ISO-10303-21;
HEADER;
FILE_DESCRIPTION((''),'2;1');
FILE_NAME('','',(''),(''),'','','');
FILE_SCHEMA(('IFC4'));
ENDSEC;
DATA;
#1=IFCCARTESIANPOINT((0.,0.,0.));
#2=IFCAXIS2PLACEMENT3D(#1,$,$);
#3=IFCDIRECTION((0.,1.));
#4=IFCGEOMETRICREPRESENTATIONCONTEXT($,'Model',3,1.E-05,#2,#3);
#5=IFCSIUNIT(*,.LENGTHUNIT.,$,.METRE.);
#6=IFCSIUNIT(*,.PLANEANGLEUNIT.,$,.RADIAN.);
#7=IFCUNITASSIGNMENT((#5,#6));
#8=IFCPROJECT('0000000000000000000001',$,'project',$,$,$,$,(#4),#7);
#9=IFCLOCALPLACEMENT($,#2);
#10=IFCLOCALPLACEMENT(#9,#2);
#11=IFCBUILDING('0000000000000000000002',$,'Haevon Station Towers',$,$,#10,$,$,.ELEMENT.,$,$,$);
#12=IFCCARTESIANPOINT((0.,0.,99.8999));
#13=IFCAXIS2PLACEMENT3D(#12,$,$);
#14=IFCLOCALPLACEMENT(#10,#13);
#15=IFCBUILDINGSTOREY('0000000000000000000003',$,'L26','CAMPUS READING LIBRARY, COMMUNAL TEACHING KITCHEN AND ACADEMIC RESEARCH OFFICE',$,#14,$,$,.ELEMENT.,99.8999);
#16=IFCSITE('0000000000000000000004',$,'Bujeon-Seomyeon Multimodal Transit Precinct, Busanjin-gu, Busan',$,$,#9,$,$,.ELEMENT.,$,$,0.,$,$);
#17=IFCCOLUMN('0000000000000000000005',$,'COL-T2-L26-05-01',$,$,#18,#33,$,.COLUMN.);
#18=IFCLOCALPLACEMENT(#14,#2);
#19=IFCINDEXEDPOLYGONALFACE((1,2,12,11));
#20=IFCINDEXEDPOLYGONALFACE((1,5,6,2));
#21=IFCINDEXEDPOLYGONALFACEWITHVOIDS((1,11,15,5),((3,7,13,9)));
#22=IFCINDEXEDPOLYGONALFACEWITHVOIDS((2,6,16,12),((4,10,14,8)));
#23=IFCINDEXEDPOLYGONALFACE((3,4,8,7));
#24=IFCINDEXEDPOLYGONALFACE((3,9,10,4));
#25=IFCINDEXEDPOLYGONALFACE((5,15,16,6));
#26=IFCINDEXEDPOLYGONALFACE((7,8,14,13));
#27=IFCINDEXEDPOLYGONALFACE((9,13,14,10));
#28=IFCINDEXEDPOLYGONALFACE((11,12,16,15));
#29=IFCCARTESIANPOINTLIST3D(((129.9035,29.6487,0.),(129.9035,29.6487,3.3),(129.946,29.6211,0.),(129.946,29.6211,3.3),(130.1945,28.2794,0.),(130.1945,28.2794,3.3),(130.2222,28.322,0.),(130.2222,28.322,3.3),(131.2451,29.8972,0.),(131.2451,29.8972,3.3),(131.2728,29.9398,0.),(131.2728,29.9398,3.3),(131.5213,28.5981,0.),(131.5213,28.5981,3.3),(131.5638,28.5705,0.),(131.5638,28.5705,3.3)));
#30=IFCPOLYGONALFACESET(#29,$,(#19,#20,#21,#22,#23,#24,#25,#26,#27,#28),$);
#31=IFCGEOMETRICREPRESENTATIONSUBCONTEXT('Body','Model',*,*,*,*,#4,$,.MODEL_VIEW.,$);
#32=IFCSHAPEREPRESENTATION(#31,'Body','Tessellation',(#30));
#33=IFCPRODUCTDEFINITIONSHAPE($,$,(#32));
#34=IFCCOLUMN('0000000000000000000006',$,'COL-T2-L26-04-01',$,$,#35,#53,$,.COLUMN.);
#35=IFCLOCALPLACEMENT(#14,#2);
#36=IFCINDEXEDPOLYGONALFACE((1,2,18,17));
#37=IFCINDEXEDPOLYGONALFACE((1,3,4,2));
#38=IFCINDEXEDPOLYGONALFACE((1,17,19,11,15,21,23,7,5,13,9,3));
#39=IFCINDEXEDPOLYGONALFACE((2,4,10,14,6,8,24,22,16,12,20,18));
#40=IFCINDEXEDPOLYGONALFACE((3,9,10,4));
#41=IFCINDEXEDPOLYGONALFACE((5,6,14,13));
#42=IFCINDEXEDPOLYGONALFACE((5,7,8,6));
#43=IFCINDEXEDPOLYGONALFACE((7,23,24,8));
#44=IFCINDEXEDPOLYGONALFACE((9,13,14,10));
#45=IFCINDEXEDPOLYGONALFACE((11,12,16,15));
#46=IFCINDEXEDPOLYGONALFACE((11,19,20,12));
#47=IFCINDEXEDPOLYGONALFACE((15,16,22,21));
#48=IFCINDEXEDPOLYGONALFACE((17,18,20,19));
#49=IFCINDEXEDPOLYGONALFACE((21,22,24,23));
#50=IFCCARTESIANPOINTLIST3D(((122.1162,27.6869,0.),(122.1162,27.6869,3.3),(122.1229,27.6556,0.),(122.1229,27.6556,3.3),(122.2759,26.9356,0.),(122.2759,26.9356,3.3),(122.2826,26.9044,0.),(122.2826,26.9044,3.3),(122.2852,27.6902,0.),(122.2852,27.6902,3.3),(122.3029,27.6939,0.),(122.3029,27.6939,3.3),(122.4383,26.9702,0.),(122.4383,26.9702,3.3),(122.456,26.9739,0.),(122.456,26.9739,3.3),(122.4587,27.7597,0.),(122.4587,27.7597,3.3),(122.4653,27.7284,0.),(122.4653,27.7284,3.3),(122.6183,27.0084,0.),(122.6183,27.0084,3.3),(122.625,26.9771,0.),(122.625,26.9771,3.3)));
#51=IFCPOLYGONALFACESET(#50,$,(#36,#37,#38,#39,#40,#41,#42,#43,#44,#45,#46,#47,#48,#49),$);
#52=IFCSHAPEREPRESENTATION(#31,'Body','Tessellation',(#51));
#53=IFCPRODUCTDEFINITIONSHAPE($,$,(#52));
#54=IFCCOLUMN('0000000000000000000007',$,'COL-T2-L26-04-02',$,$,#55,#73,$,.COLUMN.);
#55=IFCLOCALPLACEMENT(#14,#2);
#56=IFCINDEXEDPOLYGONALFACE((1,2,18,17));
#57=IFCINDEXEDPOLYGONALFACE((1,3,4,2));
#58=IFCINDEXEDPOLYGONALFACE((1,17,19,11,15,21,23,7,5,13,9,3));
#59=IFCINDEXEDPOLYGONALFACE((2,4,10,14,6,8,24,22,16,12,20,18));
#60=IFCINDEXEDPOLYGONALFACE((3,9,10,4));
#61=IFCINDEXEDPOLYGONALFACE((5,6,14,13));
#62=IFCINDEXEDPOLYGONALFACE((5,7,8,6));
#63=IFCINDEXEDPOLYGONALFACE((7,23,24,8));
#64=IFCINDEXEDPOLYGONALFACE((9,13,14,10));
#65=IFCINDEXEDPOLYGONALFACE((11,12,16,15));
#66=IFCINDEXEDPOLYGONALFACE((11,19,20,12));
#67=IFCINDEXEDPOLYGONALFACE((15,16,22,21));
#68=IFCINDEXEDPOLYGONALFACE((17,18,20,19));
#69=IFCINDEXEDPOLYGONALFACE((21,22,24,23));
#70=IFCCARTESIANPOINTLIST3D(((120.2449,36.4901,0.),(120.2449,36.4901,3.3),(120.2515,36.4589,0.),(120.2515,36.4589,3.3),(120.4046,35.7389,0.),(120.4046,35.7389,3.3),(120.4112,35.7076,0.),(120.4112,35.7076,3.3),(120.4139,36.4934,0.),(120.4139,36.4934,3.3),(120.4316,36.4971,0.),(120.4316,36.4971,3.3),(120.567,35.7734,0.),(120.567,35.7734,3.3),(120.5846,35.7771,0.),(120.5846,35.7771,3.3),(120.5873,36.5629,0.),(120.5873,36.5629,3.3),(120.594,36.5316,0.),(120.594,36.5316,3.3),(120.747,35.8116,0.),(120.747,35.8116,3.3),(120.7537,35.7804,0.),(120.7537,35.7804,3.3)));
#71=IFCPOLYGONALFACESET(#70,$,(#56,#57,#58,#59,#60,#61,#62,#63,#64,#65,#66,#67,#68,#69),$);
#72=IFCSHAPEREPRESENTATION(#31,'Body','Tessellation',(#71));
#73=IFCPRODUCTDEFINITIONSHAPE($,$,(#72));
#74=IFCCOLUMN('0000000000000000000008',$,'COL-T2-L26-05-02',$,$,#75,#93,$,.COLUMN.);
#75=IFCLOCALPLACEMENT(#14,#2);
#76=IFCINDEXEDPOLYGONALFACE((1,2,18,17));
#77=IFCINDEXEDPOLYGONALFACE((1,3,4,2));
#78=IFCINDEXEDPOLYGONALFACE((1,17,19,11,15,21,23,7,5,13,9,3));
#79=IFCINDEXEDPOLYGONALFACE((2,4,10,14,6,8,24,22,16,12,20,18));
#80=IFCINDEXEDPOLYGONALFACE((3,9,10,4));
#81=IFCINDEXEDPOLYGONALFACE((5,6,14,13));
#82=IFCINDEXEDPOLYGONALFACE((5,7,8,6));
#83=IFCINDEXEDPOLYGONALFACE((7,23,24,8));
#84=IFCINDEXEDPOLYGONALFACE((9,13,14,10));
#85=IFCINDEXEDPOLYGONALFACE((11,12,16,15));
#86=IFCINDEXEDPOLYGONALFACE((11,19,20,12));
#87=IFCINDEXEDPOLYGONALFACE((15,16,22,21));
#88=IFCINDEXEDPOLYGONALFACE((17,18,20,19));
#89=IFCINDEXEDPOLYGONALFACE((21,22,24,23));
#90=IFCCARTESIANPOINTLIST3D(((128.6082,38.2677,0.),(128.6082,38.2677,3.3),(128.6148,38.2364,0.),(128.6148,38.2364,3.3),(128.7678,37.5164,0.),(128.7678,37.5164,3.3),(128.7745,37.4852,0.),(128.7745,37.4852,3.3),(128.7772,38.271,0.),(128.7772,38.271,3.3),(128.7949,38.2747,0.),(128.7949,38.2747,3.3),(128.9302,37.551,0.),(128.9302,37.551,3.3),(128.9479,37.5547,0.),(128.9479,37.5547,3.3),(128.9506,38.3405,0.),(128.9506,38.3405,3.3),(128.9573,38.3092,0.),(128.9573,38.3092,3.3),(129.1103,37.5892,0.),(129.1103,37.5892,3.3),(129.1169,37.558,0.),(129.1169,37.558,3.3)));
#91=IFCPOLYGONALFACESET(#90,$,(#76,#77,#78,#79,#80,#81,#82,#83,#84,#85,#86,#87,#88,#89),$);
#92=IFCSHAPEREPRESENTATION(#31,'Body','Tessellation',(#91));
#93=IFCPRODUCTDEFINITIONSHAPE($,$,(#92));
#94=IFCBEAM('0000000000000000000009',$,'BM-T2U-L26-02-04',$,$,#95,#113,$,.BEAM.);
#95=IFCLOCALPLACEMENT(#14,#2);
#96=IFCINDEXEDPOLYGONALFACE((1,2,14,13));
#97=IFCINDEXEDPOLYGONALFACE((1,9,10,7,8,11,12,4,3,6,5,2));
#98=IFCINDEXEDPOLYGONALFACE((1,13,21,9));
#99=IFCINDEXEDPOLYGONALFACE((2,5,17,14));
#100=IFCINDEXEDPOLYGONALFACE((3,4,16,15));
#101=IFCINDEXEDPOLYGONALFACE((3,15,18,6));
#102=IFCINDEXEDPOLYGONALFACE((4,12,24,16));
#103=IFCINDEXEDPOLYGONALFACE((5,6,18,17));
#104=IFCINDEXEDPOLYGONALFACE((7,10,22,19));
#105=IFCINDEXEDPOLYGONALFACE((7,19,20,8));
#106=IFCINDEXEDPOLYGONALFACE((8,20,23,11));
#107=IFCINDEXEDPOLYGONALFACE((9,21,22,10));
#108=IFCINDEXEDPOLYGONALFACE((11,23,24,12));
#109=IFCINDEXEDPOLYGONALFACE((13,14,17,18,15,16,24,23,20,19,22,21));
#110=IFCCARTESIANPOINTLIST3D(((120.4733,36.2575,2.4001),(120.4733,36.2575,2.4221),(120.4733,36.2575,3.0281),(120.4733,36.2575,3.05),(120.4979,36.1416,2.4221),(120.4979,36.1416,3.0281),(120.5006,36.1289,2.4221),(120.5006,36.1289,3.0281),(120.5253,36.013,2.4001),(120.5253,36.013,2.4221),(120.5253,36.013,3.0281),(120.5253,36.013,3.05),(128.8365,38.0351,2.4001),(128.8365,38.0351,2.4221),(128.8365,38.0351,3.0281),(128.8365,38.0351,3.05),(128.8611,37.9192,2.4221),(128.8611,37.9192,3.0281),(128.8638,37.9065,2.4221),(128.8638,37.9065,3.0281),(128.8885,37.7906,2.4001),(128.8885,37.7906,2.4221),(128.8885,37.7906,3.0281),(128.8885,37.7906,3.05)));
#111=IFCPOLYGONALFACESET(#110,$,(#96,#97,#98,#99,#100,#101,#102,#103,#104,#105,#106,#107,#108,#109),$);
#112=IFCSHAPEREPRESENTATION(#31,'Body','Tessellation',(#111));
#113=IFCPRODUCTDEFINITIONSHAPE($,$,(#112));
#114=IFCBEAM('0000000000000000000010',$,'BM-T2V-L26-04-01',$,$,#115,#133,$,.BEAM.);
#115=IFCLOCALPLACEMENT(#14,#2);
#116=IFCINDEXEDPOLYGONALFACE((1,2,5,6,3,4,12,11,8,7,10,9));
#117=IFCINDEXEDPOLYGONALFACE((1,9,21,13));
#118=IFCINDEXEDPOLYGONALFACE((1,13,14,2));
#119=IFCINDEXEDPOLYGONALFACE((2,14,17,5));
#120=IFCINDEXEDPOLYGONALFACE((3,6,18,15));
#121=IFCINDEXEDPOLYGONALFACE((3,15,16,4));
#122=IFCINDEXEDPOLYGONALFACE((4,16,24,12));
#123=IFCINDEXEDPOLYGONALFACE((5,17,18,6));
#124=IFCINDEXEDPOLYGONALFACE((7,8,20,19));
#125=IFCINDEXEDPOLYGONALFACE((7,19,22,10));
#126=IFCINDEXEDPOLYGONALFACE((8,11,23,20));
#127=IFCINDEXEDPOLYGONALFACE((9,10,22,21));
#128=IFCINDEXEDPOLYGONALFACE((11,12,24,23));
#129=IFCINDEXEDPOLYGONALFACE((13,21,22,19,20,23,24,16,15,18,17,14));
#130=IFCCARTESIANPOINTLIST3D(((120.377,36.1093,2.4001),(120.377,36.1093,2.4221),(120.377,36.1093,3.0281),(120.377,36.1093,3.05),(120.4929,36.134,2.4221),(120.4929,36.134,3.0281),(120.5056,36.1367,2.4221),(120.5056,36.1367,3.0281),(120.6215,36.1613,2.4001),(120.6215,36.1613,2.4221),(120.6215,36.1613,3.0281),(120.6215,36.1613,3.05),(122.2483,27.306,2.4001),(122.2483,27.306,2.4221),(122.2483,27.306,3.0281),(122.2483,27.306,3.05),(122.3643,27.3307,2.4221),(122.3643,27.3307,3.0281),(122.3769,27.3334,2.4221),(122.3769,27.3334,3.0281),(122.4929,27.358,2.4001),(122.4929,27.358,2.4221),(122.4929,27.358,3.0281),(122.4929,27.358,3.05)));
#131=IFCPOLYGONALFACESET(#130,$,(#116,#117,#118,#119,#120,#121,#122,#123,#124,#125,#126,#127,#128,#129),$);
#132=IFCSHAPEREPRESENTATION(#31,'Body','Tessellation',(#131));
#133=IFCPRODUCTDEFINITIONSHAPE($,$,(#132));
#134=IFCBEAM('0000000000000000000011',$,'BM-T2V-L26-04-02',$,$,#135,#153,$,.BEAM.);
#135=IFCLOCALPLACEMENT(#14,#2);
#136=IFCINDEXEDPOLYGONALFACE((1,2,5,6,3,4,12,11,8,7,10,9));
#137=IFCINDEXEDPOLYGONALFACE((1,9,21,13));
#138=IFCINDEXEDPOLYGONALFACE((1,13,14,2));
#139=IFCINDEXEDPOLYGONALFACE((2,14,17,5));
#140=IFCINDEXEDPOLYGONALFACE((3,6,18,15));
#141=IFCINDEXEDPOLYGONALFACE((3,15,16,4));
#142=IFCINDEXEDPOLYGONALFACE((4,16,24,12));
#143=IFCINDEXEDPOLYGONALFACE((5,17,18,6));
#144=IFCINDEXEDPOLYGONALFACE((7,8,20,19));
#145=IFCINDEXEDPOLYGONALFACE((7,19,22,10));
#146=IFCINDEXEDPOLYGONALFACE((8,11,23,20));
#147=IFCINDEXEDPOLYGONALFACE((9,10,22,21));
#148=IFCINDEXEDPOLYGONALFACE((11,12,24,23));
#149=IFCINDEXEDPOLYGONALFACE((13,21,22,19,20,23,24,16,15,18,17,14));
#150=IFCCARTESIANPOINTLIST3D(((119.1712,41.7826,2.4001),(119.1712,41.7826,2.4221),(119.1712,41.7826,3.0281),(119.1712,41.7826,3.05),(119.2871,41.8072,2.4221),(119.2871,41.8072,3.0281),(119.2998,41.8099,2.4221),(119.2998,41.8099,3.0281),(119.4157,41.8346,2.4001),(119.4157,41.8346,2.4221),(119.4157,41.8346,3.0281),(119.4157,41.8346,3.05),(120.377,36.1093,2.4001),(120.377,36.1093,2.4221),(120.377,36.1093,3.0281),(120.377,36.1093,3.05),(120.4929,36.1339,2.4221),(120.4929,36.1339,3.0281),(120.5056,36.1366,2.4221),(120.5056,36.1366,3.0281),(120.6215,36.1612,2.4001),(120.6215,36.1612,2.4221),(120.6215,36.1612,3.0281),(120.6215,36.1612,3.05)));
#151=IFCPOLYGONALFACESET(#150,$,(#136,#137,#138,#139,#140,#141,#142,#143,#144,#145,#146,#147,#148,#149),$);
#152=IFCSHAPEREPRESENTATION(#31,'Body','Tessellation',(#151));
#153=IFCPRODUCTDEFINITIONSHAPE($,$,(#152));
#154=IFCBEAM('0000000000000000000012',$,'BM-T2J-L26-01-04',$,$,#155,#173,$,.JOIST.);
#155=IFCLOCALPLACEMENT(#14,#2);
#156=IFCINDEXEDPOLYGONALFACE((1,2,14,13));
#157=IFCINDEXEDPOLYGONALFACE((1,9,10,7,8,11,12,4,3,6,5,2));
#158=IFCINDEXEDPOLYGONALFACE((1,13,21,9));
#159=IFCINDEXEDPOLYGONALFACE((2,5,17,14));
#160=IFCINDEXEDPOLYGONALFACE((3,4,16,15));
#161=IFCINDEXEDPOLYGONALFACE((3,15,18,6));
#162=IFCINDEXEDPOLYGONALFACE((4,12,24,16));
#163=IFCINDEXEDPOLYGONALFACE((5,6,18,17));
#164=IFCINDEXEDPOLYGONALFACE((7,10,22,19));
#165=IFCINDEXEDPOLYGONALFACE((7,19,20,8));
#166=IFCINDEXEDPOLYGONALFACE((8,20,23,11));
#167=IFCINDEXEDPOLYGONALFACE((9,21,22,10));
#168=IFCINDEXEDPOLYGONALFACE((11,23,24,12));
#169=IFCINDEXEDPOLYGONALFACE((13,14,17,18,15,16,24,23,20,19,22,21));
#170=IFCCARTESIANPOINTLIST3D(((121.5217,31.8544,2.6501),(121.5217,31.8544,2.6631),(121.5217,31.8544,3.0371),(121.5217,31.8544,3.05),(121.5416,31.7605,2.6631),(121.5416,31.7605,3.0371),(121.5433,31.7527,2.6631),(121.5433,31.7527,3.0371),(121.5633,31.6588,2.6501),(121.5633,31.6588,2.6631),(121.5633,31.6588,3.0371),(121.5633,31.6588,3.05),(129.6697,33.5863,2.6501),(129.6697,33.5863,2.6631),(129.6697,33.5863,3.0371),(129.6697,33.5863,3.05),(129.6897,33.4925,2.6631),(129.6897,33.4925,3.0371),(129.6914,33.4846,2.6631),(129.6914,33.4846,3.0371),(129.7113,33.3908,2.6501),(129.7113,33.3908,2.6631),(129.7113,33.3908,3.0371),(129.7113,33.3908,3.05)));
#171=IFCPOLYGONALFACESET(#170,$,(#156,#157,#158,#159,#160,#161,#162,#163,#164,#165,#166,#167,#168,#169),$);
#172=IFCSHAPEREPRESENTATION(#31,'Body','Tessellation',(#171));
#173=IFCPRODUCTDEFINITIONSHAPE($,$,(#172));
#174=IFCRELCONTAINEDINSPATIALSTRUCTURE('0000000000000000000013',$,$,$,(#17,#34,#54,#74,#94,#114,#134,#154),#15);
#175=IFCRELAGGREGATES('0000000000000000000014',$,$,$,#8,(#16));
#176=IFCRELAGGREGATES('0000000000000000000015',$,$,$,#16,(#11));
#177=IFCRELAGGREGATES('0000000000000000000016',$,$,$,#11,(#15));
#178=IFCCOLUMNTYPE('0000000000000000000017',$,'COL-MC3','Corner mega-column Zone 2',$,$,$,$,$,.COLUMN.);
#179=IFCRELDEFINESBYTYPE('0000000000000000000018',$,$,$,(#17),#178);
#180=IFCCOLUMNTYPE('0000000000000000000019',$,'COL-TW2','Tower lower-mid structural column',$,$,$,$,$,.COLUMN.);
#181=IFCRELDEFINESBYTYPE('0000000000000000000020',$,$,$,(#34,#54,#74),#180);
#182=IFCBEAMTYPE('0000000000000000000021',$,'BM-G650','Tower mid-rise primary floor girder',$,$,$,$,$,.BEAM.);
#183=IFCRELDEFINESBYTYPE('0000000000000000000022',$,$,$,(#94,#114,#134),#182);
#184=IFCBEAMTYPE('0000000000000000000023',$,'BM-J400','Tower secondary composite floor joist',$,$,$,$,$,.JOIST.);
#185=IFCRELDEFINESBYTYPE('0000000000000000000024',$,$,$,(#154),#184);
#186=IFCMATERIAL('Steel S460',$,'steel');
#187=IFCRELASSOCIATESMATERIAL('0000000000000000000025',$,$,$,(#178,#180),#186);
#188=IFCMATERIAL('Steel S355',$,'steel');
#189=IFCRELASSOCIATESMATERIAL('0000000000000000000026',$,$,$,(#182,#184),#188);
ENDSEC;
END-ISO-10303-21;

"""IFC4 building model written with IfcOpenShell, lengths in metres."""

from ifc_helpers import new_model, si_unit, direction, frame, origin, origin_2d, place, context, subcontext, project, spatial, hollow_rectangle, i_section, extrude, material, material_profile, profile_set, type_object, element, save


model = new_model("IFC4")

# Units and contexts
model_context = context("Model", 3, precision=1e-05, world=origin(), true_north=direction((0.0, 1.0)))
body_context = subcontext(model_context, "Body", "Model", "MODEL_VIEW")
ifc_project = project(units=[si_unit("LENGTHUNIT", "METRE"), si_unit("PLANEANGLEUNIT", "RADIAN")], contexts=[model_context])

# Site, building, storey
site_placement = place(None, origin())
site = spatial("IfcSite", under=ifc_project, at=site_placement, Name="Bujeon-Seomyeon Multimodal Transit Precinct, Busanjin-gu, Busan", CompositionType="ELEMENT", RefElevation=0.0)
building_placement = place(site_placement, origin())
building = spatial("IfcBuilding", under=site, at=building_placement, Name="Haevon Station Towers", CompositionType="ELEMENT")
storey_placement = place(building_placement, frame((0.0, 0.0, 99.8999)))
storey = spatial("IfcBuildingStorey", under=building, at=storey_placement, Name="L26", Description="CAMPUS READING LIBRARY, COMMUNAL TEACHING KITCHEN AND ACADEMIC RESEARCH OFFICE", CompositionType="ELEMENT", Elevation=99.8999)

# Columns
ifc_material_1 = material(Name="Steel S460", Category="steel")
ifc_material_profile_1 = material_profile(ifc_material_1, hollow_rectangle(XDim=1.3999, YDim=1.3999, WallThickness=0.0359, at=origin_2d()), Name="BOX-1400x1400x36")
ifc_profile_set_1 = profile_set([ifc_material_profile_1], Name="Steel S460")
column_type_1 = type_object("IfcColumnType", Name="COL-MC3", Description="Corner mega-column Zone 2", PredefinedType="COLUMN", material=ifc_profile_set_1)
column_placement = place(storey_placement, frame((130.7336, 29.1096, 0.0), z_axis=(0.0, 0.0, 1.0), x_axis=(0.978148, 0.207912, 0.0)))
element("IfcColumn", 1, at=column_placement, inside=storey, type_object=column_type_1, Name="COL-T2-L26-05-01", PredefinedType="COLUMN", context=body_context, shape_type="SweptSolid", body=[
    extrude(hollow_rectangle(XDim=1.3999, YDim=1.3999, WallThickness=0.0359, at=origin_2d()), origin(), (0.0, 0.0, 1.0), 3.3),
])
ifc_material_profile_2 = material_profile(ifc_material_1, i_section(OverallWidth=0.3501, OverallDepth=0.8, WebThickness=0.0181, FlangeThickness=0.032, at=origin_2d()), Name="H-800x350x18x32")
ifc_profile_set_2 = profile_set([ifc_material_profile_2], Name="Steel S460")
column_type_2 = type_object("IfcColumnType", Name="COL-TW2", Description="Tower lower-mid structural column", PredefinedType="COLUMN", material=ifc_profile_set_2)
for number, where, z_axis, x_axis, name in (
    (2, (122.3706, 27.332, 0.0), (0.0, 0.0, 1.0), (0.978148, 0.207912, 0.0), "COL-T2-L26-04-01"),
    (3, (120.4993, 36.1353, 0.0), (0.0, 0.0, 1.0), (0.978148, 0.207912, 0.0), "COL-T2-L26-04-02"),
    (4, (128.8625, 37.9128, 0.0), (0.0, 0.0, 1.0), (0.978148, 0.207912, 0.0), "COL-T2-L26-05-02"),
):
    element("IfcColumn", number, at=place(storey_placement, frame(where, z_axis=z_axis, x_axis=x_axis)), inside=storey, type_object=column_type_2, Name=name, PredefinedType="COLUMN", context=body_context, shape_type="SweptSolid", body=[
        extrude(i_section(OverallWidth=0.3501, OverallDepth=0.8, WebThickness=0.0181, FlangeThickness=0.032, at=origin_2d()), origin(), (0.0, 0.0, 1.0), 3.3),
    ])

# Beams
ifc_material_2 = material(Name="Steel S355", Category="steel")
ifc_material_profile_3 = material_profile(ifc_material_2, i_section(OverallWidth=0.25, OverallDepth=0.6499, WebThickness=0.0129, FlangeThickness=0.022, at=origin_2d()), Name="H-650x250x13x22")
ifc_profile_set_3 = profile_set([ifc_material_profile_3], Name="Steel S355")
beam_type_1 = type_object("IfcBeamType", Name="BM-G650", Description="Tower mid-rise primary floor girder", PredefinedType="BEAM", material=ifc_profile_set_3)
beam_1_placement = place(storey_placement, frame((120.4993, 36.1353, 2.7251), z_axis=(0.97815, 0.207902, 0.0), x_axis=(-0.207902, 0.97815, 0.0)))
element("IfcBeam", 5, at=beam_1_placement, inside=storey, type_object=beam_type_1, Name="BM-T2U-L26-02-04", PredefinedType="BEAM", context=body_context, shape_type="SweptSolid", body=[
    extrude(i_section(OverallWidth=0.25, OverallDepth=0.6499, WebThickness=0.0129, FlangeThickness=0.022, at=origin_2d()), origin(), (0.0, 0.0, 1.0), 8.55),
])
beam_2_placement = place(storey_placement, frame((122.3706, 27.332, 2.7251), z_axis=(-0.207928, 0.978144, 0.0), x_axis=(-0.978144, -0.207928, 0.0)))
element("IfcBeam", 6, at=beam_2_placement, inside=storey, type_object=beam_type_1, Name="BM-T2V-L26-04-01", PredefinedType="BEAM", context=body_context, shape_type="SweptSolid", body=[
    extrude(i_section(OverallWidth=0.25, OverallDepth=0.6499, WebThickness=0.0129, FlangeThickness=0.022, at=origin_2d()), origin(), (0.0, 0.0, 1.0), 9.0),
])
beam_3_placement = place(storey_placement, frame((120.4993, 36.1353, 2.7251), z_axis=(-0.207896, 0.978151, 0.0), x_axis=(-0.978151, -0.207896, 0.0)))
element("IfcBeam", 7, at=beam_3_placement, inside=storey, type_object=beam_type_1, Name="BM-T2V-L26-04-02", PredefinedType="BEAM", context=body_context, shape_type="SweptSolid", body=[
    extrude(i_section(OverallWidth=0.25, OverallDepth=0.6499, WebThickness=0.0129, FlangeThickness=0.022, at=origin_2d()), origin(), (0.0, 0.0, 1.0), 5.8),
])
ifc_material_profile_4 = material_profile(ifc_material_2, i_section(OverallWidth=0.2, OverallDepth=0.3999, WebThickness=0.0081, FlangeThickness=0.0129, at=origin_2d()), Name="H-400x200x8x13")
ifc_profile_set_4 = profile_set([ifc_material_profile_4], Name="Steel S355")
beam_type_2 = type_object("IfcBeamType", Name="BM-J400", Description="Tower secondary composite floor joist", PredefinedType="JOIST", material=ifc_profile_set_4)
beam_4_placement = place(storey_placement, frame((121.5425, 31.7566, 2.8501), z_axis=(0.978147, 0.207916, 0.0), x_axis=(-0.207916, 0.978147, 0.0)))
element("IfcBeam", 8, at=beam_4_placement, inside=storey, type_object=beam_type_2, Name="BM-T2J-L26-01-04", PredefinedType="JOIST", context=body_context, shape_type="SweptSolid", body=[
    extrude(i_section(OverallWidth=0.2, OverallDepth=0.3999, WebThickness=0.0081, FlangeThickness=0.0129, at=origin_2d()), origin(), (0.0, 0.0, 1.0), 8.3301),
])

save(model, "model.ifc")
